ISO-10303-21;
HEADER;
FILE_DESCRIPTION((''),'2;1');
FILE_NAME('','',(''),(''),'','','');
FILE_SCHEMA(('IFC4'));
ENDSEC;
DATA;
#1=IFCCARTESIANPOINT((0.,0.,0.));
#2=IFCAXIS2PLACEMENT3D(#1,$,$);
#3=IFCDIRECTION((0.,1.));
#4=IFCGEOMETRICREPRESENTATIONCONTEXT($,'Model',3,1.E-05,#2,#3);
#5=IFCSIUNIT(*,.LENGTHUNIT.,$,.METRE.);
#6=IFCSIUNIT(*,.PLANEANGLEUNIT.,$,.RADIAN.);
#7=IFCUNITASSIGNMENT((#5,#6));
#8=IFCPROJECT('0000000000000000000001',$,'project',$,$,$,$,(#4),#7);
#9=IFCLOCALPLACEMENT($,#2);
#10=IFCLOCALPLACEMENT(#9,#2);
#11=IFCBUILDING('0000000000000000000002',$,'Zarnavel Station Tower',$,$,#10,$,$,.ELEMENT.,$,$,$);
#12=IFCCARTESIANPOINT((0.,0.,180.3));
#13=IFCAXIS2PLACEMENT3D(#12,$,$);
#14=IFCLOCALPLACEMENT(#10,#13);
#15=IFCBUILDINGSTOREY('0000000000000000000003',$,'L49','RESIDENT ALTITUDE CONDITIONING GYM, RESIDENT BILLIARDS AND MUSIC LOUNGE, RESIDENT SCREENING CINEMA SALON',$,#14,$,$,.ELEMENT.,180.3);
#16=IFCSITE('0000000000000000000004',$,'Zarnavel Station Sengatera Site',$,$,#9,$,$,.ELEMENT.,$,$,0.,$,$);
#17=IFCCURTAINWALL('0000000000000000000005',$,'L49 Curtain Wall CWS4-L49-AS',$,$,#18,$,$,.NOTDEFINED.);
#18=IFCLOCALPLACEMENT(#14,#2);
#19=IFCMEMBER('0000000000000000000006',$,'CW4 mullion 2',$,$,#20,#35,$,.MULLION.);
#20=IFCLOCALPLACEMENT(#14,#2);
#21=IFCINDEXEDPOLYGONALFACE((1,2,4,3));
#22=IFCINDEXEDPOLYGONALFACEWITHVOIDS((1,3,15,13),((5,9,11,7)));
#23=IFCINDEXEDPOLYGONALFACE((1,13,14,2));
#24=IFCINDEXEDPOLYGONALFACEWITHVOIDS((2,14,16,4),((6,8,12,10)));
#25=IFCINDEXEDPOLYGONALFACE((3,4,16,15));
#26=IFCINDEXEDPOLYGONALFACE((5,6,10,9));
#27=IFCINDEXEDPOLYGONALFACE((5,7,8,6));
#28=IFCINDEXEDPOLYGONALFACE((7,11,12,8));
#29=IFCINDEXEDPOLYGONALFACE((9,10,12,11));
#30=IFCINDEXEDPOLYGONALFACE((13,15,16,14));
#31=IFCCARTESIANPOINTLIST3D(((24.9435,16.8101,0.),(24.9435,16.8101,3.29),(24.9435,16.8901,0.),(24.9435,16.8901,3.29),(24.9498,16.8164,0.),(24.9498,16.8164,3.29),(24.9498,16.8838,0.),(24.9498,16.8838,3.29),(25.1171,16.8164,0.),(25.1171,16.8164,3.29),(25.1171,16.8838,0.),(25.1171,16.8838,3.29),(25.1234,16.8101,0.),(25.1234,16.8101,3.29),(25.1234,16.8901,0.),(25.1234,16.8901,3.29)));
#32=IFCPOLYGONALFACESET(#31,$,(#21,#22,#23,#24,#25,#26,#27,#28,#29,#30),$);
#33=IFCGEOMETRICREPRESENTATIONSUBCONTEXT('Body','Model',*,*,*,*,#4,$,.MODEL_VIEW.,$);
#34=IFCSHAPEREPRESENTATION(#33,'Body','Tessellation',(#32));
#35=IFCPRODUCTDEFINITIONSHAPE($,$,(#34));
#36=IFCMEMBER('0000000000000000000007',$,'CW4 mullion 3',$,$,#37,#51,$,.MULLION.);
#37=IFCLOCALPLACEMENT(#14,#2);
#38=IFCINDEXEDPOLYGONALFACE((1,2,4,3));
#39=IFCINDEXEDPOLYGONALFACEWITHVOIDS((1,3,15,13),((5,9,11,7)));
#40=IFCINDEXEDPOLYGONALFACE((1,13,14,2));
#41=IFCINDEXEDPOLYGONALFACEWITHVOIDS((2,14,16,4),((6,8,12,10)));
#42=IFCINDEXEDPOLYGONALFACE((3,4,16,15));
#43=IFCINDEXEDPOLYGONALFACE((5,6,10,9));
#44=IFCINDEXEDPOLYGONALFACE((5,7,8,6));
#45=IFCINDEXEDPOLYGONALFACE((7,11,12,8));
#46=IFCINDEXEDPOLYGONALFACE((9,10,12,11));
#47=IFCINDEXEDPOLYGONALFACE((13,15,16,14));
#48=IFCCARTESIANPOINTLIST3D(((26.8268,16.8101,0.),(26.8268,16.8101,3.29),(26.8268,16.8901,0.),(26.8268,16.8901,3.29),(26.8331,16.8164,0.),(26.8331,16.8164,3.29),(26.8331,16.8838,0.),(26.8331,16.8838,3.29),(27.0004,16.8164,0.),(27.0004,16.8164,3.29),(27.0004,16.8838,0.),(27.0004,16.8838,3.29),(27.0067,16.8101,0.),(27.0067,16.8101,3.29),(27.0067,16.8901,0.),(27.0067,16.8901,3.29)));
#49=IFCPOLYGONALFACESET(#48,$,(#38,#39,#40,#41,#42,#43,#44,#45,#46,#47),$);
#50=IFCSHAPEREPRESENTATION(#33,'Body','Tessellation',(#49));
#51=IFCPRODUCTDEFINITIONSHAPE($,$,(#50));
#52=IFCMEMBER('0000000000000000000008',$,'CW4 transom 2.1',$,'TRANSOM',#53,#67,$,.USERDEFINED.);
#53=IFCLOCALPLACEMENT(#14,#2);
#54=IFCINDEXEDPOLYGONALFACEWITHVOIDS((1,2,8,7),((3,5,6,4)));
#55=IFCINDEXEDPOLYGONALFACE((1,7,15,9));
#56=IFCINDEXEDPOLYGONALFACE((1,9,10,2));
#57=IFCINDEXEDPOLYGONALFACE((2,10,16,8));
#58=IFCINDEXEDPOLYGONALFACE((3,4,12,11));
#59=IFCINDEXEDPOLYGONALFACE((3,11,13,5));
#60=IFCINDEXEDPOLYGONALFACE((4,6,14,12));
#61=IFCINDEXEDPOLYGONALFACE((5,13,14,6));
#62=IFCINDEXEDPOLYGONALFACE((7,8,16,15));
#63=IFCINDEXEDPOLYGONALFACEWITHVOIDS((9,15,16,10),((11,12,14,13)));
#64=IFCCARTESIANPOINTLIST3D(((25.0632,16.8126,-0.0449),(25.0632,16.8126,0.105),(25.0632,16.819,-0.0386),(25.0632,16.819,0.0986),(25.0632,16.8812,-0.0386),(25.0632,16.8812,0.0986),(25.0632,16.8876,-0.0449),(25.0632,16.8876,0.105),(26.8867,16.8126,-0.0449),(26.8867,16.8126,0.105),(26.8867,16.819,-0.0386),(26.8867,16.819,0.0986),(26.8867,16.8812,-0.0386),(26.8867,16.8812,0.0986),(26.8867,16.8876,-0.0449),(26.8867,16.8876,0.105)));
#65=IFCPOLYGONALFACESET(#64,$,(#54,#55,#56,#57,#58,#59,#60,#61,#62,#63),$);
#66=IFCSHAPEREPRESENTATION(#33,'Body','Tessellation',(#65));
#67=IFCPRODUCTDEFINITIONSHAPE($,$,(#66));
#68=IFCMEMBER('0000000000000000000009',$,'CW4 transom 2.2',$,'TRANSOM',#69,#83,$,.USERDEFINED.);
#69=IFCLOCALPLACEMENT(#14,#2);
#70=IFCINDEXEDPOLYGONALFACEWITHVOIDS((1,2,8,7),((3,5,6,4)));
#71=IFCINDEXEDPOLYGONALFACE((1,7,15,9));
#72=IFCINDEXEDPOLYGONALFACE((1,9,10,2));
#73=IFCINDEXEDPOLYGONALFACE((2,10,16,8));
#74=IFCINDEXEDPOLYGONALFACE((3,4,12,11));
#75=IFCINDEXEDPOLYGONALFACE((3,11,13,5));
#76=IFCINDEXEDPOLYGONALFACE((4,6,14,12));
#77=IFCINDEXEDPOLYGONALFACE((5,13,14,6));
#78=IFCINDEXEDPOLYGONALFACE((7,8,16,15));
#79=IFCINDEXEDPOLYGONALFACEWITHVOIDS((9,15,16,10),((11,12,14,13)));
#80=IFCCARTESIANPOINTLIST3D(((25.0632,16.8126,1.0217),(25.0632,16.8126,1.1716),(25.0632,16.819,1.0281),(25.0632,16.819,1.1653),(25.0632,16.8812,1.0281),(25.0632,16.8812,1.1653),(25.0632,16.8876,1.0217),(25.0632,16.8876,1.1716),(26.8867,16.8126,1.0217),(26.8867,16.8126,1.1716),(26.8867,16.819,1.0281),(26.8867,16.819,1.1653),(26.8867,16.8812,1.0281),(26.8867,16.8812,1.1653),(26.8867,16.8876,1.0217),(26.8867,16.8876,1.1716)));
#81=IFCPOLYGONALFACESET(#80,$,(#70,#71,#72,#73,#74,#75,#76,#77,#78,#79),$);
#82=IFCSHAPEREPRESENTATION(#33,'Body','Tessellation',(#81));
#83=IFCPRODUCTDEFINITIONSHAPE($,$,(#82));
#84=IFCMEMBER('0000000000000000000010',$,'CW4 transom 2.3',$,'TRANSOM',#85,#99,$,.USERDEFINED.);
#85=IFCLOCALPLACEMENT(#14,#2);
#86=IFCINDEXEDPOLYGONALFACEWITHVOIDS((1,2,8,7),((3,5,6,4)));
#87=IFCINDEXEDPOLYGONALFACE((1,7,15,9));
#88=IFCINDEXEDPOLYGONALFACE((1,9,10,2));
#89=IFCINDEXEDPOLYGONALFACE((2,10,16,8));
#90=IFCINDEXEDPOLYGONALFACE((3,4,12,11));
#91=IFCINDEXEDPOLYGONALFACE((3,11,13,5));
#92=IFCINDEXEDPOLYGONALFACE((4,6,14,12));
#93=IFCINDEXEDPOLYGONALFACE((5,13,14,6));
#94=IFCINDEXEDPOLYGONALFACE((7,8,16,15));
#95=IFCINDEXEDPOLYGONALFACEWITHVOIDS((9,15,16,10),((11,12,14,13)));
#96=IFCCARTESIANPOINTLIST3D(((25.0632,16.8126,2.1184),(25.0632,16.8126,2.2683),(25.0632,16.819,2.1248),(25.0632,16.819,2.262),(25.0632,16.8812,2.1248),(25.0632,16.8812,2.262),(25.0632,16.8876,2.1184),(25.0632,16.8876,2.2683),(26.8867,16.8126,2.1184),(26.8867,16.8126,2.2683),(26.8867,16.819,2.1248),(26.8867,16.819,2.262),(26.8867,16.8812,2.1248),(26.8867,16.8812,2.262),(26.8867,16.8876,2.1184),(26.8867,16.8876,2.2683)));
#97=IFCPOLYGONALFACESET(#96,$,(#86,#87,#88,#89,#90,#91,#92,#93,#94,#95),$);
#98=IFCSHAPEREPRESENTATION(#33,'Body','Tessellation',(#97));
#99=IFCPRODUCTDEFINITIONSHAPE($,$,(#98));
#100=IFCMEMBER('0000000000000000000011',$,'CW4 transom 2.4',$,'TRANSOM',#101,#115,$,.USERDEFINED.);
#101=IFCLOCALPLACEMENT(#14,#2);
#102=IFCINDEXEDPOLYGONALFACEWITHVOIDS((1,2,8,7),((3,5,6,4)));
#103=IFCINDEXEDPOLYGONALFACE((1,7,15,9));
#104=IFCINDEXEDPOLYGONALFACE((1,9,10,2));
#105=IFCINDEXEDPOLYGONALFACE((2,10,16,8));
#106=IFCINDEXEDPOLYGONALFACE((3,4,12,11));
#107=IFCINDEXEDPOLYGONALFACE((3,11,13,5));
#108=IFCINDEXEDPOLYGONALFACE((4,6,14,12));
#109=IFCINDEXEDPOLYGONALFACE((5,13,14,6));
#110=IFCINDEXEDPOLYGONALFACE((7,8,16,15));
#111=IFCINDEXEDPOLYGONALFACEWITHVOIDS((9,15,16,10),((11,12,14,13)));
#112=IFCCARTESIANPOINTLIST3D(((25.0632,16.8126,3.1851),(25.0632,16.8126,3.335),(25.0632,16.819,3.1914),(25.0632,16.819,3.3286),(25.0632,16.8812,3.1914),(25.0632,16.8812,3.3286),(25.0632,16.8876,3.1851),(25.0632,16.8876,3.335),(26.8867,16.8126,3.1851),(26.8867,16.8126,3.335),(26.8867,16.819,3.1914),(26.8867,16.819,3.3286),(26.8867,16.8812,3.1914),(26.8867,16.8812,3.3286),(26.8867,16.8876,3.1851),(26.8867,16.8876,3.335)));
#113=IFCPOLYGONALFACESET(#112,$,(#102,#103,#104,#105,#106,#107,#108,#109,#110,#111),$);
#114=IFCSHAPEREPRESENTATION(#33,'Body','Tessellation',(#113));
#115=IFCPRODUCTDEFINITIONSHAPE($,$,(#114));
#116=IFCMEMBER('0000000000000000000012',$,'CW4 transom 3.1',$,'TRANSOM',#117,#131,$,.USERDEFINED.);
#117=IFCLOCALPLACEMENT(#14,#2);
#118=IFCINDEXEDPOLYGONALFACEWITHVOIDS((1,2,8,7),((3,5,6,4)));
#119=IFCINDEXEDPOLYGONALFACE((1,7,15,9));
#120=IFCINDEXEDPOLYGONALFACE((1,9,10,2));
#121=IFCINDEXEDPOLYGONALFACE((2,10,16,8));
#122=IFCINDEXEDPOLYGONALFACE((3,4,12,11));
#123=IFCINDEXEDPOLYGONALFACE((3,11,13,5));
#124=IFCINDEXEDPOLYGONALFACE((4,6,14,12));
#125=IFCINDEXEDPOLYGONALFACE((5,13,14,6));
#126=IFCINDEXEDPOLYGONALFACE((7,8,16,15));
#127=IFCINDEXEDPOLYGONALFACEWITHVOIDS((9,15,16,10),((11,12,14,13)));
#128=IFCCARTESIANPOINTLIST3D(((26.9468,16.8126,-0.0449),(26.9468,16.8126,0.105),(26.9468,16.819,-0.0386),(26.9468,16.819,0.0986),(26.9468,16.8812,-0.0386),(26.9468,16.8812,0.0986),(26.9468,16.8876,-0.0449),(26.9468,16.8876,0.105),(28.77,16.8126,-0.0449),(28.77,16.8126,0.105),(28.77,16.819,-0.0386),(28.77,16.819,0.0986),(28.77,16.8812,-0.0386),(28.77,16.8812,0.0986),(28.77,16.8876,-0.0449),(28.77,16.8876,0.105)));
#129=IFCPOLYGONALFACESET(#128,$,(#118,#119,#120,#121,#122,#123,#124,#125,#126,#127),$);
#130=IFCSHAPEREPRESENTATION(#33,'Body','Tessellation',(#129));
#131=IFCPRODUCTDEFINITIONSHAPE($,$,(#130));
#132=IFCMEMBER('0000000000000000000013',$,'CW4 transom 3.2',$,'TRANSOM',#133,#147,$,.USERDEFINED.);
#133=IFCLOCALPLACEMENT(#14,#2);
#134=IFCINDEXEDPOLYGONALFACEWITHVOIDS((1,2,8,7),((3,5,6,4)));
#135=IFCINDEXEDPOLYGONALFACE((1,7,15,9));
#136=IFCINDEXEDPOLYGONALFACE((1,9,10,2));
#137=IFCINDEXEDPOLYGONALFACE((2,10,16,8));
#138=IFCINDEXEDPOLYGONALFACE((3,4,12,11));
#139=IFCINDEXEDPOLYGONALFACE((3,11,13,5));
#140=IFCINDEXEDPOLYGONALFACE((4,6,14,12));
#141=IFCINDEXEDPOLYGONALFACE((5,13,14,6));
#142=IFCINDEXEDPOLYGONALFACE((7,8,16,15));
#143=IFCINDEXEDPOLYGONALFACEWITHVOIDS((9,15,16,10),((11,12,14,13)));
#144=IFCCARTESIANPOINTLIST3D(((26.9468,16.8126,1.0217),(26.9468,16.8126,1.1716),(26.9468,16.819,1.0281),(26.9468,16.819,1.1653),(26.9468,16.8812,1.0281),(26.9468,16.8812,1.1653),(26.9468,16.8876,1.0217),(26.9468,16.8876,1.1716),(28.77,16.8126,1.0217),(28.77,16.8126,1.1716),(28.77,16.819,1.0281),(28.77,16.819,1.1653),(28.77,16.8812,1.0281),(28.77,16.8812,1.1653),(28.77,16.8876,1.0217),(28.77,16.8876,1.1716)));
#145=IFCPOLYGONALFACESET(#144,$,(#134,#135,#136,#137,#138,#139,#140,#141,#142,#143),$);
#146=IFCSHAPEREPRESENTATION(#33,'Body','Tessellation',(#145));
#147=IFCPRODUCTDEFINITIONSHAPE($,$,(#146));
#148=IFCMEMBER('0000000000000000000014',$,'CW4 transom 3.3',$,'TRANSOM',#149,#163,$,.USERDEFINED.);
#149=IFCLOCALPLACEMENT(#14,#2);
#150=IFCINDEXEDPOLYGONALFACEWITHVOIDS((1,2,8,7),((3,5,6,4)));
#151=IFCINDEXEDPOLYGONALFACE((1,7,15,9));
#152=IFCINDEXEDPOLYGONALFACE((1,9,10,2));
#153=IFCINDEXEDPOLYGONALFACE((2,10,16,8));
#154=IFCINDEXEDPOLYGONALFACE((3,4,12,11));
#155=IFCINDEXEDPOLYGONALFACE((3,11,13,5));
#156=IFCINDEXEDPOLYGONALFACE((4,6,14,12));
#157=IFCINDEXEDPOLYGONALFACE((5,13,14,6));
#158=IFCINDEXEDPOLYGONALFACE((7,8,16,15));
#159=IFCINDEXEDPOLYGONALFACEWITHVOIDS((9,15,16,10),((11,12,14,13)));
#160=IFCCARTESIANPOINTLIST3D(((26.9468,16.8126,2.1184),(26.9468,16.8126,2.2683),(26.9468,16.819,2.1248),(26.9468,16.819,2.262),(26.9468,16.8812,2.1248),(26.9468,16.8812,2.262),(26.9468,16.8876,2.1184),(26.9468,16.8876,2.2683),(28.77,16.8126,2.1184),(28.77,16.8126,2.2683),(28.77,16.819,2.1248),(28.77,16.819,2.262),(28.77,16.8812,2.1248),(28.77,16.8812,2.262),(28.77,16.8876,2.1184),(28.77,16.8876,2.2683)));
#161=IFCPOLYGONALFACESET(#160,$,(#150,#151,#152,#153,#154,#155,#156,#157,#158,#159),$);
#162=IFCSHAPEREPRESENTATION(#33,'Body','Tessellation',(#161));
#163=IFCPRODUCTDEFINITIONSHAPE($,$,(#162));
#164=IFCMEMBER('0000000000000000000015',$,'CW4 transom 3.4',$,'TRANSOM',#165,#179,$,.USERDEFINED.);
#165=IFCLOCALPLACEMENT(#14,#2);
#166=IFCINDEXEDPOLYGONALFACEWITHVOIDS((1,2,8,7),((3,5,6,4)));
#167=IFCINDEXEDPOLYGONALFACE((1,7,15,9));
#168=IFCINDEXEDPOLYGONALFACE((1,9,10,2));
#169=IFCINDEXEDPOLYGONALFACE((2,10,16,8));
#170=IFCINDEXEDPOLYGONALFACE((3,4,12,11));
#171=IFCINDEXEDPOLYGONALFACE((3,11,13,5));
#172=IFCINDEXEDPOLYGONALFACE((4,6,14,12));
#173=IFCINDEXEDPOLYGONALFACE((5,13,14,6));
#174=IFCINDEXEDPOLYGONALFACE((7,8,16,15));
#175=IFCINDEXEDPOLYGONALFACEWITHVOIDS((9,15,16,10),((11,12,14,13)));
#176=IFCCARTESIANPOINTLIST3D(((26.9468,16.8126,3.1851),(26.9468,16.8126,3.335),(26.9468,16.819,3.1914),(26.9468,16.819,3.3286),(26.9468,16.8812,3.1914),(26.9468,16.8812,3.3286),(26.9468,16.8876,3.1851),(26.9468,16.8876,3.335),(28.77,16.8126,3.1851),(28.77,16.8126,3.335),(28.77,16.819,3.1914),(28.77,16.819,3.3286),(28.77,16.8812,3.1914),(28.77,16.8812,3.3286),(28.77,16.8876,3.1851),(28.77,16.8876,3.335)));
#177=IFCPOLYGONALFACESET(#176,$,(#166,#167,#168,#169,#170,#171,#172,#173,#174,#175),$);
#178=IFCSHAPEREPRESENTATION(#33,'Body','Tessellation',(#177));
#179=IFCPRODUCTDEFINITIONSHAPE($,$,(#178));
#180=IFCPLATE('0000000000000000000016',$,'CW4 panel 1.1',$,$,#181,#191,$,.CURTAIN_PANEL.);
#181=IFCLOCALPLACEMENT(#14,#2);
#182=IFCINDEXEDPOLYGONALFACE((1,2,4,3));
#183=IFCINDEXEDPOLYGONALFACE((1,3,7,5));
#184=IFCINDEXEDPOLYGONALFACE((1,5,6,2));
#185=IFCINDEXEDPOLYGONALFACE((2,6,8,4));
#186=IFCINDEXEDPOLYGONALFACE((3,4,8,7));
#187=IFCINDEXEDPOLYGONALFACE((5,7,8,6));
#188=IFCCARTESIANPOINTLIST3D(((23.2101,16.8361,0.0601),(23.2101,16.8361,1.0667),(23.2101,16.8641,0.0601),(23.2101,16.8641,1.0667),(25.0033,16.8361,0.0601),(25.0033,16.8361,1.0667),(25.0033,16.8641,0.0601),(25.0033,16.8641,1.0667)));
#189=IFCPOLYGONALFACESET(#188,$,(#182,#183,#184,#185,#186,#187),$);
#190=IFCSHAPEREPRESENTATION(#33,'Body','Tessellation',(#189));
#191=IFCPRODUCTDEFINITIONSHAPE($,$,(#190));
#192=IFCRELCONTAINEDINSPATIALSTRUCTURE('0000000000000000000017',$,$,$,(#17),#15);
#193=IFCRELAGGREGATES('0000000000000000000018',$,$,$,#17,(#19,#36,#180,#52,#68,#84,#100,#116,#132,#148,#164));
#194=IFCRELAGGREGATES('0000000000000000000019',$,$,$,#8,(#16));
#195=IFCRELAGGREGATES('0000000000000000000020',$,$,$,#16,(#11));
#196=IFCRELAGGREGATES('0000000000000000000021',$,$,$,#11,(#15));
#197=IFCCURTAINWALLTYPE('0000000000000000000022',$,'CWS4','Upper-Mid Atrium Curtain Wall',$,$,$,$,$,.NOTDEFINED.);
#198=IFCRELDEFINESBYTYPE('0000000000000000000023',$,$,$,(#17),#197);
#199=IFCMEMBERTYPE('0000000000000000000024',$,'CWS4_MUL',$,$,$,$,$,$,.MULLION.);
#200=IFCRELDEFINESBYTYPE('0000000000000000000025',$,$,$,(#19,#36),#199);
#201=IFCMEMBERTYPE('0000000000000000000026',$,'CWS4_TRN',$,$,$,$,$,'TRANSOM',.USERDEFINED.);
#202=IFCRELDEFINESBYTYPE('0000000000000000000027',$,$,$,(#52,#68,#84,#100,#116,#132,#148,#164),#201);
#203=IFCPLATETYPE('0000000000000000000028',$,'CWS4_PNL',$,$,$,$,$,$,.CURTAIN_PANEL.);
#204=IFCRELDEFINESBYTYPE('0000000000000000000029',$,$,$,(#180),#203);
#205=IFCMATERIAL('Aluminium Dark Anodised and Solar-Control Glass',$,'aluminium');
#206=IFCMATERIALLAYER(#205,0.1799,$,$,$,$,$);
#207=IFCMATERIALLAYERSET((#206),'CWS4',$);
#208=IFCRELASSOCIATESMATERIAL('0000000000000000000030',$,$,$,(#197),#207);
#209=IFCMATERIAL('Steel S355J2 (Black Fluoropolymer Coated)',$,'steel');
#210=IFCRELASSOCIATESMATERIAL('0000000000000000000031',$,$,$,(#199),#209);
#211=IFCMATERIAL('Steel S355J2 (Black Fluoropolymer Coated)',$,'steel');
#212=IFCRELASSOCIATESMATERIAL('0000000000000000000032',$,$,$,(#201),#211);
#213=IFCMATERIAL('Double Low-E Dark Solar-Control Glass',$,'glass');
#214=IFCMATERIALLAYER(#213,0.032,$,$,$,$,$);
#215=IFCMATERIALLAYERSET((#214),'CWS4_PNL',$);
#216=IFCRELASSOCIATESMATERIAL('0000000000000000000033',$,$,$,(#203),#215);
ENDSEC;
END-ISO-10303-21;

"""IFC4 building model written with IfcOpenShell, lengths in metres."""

from ifc_helpers import new_model, si_unit, direction, frame, origin, origin_2d, place, context, subcontext, project, spatial, rectangle, hollow_rectangle, extrude, material, layer, layer_set, material_profile, profile_set, type_object, element, aggregate, save


model = new_model("IFC4")

# Units and contexts
model_context = context("Model", 3, precision=1e-05, world=origin(), true_north=direction((0.0, 1.0)))
body_context = subcontext(model_context, "Body", "Model", "MODEL_VIEW")
ifc_project = project(units=[si_unit("LENGTHUNIT", "METRE"), si_unit("PLANEANGLEUNIT", "RADIAN")], contexts=[model_context])

# Site, building, storey
site_placement = place(None, origin())
site = spatial("IfcSite", under=ifc_project, at=site_placement, Name="Zarnavel Station Sengatera Site", CompositionType="ELEMENT", RefElevation=0.0)
building_placement = place(site_placement, origin())
building = spatial("IfcBuilding", under=site, at=building_placement, Name="Zarnavel Station Tower", CompositionType="ELEMENT")
storey_placement = place(building_placement, frame((0.0, 0.0, 180.3)))
storey = spatial("IfcBuildingStorey", under=building, at=storey_placement, Name="L49", Description="RESIDENT ALTITUDE CONDITIONING GYM, RESIDENT BILLIARDS AND MUSIC LOUNGE, RESIDENT SCREENING CINEMA SALON", CompositionType="ELEMENT", Elevation=180.3)

# Curtain wall, members, plate
ifc_material_1 = material(Name="Aluminium Dark Anodised and Solar-Control Glass", Category="aluminium")
ifc_layer_1 = layer(ifc_material_1, 0.1799)
ifc_layer_set_1 = layer_set([ifc_layer_1], Name="CWS4")
curtain_wall_type = type_object("IfcCurtainWallType", Name="CWS4", Description="Upper-Mid Atrium Curtain Wall", PredefinedType="NOTDEFINED", material=ifc_layer_set_1)
curtain_wall_placement = place(storey_placement, origin())
curtain_wall = element("IfcCurtainWall", 1, at=curtain_wall_placement, inside=storey, type_object=curtain_wall_type, Name="L49 Curtain Wall CWS4-L49-AS", PredefinedType="NOTDEFINED")
ifc_material_2 = material(Name="Steel S355J2 (Black Fluoropolymer Coated)", Category="steel")
ifc_material_profile_1 = material_profile(ifc_material_2, hollow_rectangle(XDim=0.0801, YDim=0.1799, WallThickness=0.0063, at=origin_2d()), Name="RHS180x80x6.3")
ifc_profile_set_1 = profile_set([ifc_material_profile_1], Name="Steel S355J2 (Black Fluoropolymer Coated)")
member_type_1 = type_object("IfcMemberType", Name="CWS4_MUL", PredefinedType="MULLION", material=ifc_profile_set_1)
member_1_placement = place(storey_placement, frame((25.0334, 16.8501, 0.0), z_axis=(0.0, 0.0, 1.0), x_axis=(0.0, 1.0, 0.0)))
member_1 = element("IfcMember", 2, at=member_1_placement, type_object=member_type_1, Name="CW4 mullion 2", PredefinedType="MULLION", context=body_context, shape_type="SweptSolid", body=[
    extrude(hollow_rectangle(XDim=0.0801, YDim=0.1799, WallThickness=0.0063, at=origin_2d()), origin(), (0.0, 0.0, 1.0), 3.29),
])
member_2_placement = place(storey_placement, frame((26.9167, 16.8501, 0.0), z_axis=(0.0, 0.0, 1.0), x_axis=(0.0, 1.0, 0.0)))
member_2 = element("IfcMember", 3, at=member_2_placement, type_object=member_type_1, Name="CW4 mullion 3", PredefinedType="MULLION", context=body_context, shape_type="SweptSolid", body=[
    extrude(hollow_rectangle(XDim=0.0801, YDim=0.1799, WallThickness=0.0063, at=origin_2d()), origin(), (0.0, 0.0, 1.0), 3.29),
])
ifc_material_3 = material(Name="Steel S355J2 (Black Fluoropolymer Coated)", Category="steel")
ifc_material_profile_2 = material_profile(ifc_material_3, hollow_rectangle(XDim=0.075, YDim=0.1499, WallThickness=0.0063, at=origin_2d()), Name="RHS150x75x6.3")
ifc_profile_set_2 = profile_set([ifc_material_profile_2], Name="Steel S355J2 (Black Fluoropolymer Coated)")
member_type_2 = type_object("IfcMemberType", Name="CWS4_TRN", ElementType="TRANSOM", PredefinedType="USERDEFINED", material=ifc_profile_set_2)
member_3_placement = place(storey_placement, frame((25.0632, 16.8501, 0.03), z_axis=(1.0, 0.0, 0.0), x_axis=(0.0, 1.0, 0.0)))
member_3 = element("IfcMember", 4, at=member_3_placement, type_object=member_type_2, Name="CW4 transom 2.1", ObjectType="TRANSOM", PredefinedType="USERDEFINED", context=body_context, shape_type="SweptSolid", body=[
    extrude(hollow_rectangle(XDim=0.075, YDim=0.1499, WallThickness=0.0063, at=origin_2d()), origin(), (0.0, 0.0, 1.0), 1.8235),
])
member_4_placement = place(storey_placement, frame((25.0632, 16.8501, 1.0967), z_axis=(1.0, 0.0, 0.0), x_axis=(0.0, 1.0, 0.0)))
member_4 = element("IfcMember", 5, at=member_4_placement, type_object=member_type_2, Name="CW4 transom 2.2", ObjectType="TRANSOM", PredefinedType="USERDEFINED", context=body_context, shape_type="SweptSolid", body=[
    extrude(hollow_rectangle(XDim=0.075, YDim=0.1499, WallThickness=0.0063, at=origin_2d()), origin(), (0.0, 0.0, 1.0), 1.8235),
])
member_5_placement = place(storey_placement, frame((25.0632, 16.8501, 2.1934), z_axis=(1.0, 0.0, 0.0), x_axis=(0.0, 1.0, 0.0)))
member_5 = element("IfcMember", 6, at=member_5_placement, type_object=member_type_2, Name="CW4 transom 2.3", ObjectType="TRANSOM", PredefinedType="USERDEFINED", context=body_context, shape_type="SweptSolid", body=[
    extrude(hollow_rectangle(XDim=0.075, YDim=0.1499, WallThickness=0.0063, at=origin_2d()), origin(), (0.0, 0.0, 1.0), 1.8235),
])
member_6_placement = place(storey_placement, frame((25.0632, 16.8501, 3.26), z_axis=(1.0, 0.0, 0.0), x_axis=(0.0, 1.0, 0.0)))
member_6 = element("IfcMember", 7, at=member_6_placement, type_object=member_type_2, Name="CW4 transom 2.4", ObjectType="TRANSOM", PredefinedType="USERDEFINED", context=body_context, shape_type="SweptSolid", body=[
    extrude(hollow_rectangle(XDim=0.075, YDim=0.1499, WallThickness=0.0063, at=origin_2d()), origin(), (0.0, 0.0, 1.0), 1.8235),
])
member_7_placement = place(storey_placement, frame((26.9468, 16.8501, 0.03), z_axis=(1.0, 0.0, 0.0), x_axis=(0.0, 1.0, 0.0)))
member_7 = element("IfcMember", 8, at=member_7_placement, type_object=member_type_2, Name="CW4 transom 3.1", ObjectType="TRANSOM", PredefinedType="USERDEFINED", context=body_context, shape_type="SweptSolid", body=[
    extrude(hollow_rectangle(XDim=0.075, YDim=0.1499, WallThickness=0.0063, at=origin_2d()), origin(), (0.0, 0.0, 1.0), 1.8232),
])
member_8_placement = place(storey_placement, frame((26.9468, 16.8501, 1.0967), z_axis=(1.0, 0.0, 0.0), x_axis=(0.0, 1.0, 0.0)))
member_8 = element("IfcMember", 9, at=member_8_placement, type_object=member_type_2, Name="CW4 transom 3.2", ObjectType="TRANSOM", PredefinedType="USERDEFINED", context=body_context, shape_type="SweptSolid", body=[
    extrude(hollow_rectangle(XDim=0.075, YDim=0.1499, WallThickness=0.0063, at=origin_2d()), origin(), (0.0, 0.0, 1.0), 1.8232),
])
member_9_placement = place(storey_placement, frame((26.9468, 16.8501, 2.1934), z_axis=(1.0, 0.0, 0.0), x_axis=(0.0, 1.0, 0.0)))
member_9 = element("IfcMember", 10, at=member_9_placement, type_object=member_type_2, Name="CW4 transom 3.3", ObjectType="TRANSOM", PredefinedType="USERDEFINED", context=body_context, shape_type="SweptSolid", body=[
    extrude(hollow_rectangle(XDim=0.075, YDim=0.1499, WallThickness=0.0063, at=origin_2d()), origin(), (0.0, 0.0, 1.0), 1.8232),
])
member_10_placement = place(storey_placement, frame((26.9468, 16.8501, 3.26), z_axis=(1.0, 0.0, 0.0), x_axis=(0.0, 1.0, 0.0)))
member_10 = element("IfcMember", 11, at=member_10_placement, type_object=member_type_2, Name="CW4 transom 3.4", ObjectType="TRANSOM", PredefinedType="USERDEFINED", context=body_context, shape_type="SweptSolid", body=[
    extrude(hollow_rectangle(XDim=0.075, YDim=0.1499, WallThickness=0.0063, at=origin_2d()), origin(), (0.0, 0.0, 1.0), 1.8232),
])
ifc_material_4 = material(Name="Double Low-E Dark Solar-Control Glass", Category="glass")
ifc_layer_2 = layer(ifc_material_4, 0.032)
ifc_layer_set_2 = layer_set([ifc_layer_2], Name="CWS4_PNL")
plate_type = type_object("IfcPlateType", Name="CWS4_PNL", PredefinedType="CURTAIN_PANEL", material=ifc_layer_set_2)
plate_1_placement = place(storey_placement, frame((24.1067, 16.8501, 0.0601), z_axis=(0.0, 0.0, 1.0), x_axis=(1.0, 0.0, 0.0)))
plate_1 = element("IfcPlate", 12, at=plate_1_placement, type_object=plate_type, Name="CW4 panel 1.1", PredefinedType="CURTAIN_PANEL", context=body_context, shape_type="SweptSolid", body=[
    extrude(rectangle(XDim=1.7932, YDim=0.0281, at=origin_2d()), origin(), (0.0, 0.0, 1.0), 1.0066),
])
aggregate(curtain_wall, [member_1, member_2, plate_1, member_3, member_4, member_5, member_6, member_7, member_8, member_9, member_10])

save(model, "model.ifc")
